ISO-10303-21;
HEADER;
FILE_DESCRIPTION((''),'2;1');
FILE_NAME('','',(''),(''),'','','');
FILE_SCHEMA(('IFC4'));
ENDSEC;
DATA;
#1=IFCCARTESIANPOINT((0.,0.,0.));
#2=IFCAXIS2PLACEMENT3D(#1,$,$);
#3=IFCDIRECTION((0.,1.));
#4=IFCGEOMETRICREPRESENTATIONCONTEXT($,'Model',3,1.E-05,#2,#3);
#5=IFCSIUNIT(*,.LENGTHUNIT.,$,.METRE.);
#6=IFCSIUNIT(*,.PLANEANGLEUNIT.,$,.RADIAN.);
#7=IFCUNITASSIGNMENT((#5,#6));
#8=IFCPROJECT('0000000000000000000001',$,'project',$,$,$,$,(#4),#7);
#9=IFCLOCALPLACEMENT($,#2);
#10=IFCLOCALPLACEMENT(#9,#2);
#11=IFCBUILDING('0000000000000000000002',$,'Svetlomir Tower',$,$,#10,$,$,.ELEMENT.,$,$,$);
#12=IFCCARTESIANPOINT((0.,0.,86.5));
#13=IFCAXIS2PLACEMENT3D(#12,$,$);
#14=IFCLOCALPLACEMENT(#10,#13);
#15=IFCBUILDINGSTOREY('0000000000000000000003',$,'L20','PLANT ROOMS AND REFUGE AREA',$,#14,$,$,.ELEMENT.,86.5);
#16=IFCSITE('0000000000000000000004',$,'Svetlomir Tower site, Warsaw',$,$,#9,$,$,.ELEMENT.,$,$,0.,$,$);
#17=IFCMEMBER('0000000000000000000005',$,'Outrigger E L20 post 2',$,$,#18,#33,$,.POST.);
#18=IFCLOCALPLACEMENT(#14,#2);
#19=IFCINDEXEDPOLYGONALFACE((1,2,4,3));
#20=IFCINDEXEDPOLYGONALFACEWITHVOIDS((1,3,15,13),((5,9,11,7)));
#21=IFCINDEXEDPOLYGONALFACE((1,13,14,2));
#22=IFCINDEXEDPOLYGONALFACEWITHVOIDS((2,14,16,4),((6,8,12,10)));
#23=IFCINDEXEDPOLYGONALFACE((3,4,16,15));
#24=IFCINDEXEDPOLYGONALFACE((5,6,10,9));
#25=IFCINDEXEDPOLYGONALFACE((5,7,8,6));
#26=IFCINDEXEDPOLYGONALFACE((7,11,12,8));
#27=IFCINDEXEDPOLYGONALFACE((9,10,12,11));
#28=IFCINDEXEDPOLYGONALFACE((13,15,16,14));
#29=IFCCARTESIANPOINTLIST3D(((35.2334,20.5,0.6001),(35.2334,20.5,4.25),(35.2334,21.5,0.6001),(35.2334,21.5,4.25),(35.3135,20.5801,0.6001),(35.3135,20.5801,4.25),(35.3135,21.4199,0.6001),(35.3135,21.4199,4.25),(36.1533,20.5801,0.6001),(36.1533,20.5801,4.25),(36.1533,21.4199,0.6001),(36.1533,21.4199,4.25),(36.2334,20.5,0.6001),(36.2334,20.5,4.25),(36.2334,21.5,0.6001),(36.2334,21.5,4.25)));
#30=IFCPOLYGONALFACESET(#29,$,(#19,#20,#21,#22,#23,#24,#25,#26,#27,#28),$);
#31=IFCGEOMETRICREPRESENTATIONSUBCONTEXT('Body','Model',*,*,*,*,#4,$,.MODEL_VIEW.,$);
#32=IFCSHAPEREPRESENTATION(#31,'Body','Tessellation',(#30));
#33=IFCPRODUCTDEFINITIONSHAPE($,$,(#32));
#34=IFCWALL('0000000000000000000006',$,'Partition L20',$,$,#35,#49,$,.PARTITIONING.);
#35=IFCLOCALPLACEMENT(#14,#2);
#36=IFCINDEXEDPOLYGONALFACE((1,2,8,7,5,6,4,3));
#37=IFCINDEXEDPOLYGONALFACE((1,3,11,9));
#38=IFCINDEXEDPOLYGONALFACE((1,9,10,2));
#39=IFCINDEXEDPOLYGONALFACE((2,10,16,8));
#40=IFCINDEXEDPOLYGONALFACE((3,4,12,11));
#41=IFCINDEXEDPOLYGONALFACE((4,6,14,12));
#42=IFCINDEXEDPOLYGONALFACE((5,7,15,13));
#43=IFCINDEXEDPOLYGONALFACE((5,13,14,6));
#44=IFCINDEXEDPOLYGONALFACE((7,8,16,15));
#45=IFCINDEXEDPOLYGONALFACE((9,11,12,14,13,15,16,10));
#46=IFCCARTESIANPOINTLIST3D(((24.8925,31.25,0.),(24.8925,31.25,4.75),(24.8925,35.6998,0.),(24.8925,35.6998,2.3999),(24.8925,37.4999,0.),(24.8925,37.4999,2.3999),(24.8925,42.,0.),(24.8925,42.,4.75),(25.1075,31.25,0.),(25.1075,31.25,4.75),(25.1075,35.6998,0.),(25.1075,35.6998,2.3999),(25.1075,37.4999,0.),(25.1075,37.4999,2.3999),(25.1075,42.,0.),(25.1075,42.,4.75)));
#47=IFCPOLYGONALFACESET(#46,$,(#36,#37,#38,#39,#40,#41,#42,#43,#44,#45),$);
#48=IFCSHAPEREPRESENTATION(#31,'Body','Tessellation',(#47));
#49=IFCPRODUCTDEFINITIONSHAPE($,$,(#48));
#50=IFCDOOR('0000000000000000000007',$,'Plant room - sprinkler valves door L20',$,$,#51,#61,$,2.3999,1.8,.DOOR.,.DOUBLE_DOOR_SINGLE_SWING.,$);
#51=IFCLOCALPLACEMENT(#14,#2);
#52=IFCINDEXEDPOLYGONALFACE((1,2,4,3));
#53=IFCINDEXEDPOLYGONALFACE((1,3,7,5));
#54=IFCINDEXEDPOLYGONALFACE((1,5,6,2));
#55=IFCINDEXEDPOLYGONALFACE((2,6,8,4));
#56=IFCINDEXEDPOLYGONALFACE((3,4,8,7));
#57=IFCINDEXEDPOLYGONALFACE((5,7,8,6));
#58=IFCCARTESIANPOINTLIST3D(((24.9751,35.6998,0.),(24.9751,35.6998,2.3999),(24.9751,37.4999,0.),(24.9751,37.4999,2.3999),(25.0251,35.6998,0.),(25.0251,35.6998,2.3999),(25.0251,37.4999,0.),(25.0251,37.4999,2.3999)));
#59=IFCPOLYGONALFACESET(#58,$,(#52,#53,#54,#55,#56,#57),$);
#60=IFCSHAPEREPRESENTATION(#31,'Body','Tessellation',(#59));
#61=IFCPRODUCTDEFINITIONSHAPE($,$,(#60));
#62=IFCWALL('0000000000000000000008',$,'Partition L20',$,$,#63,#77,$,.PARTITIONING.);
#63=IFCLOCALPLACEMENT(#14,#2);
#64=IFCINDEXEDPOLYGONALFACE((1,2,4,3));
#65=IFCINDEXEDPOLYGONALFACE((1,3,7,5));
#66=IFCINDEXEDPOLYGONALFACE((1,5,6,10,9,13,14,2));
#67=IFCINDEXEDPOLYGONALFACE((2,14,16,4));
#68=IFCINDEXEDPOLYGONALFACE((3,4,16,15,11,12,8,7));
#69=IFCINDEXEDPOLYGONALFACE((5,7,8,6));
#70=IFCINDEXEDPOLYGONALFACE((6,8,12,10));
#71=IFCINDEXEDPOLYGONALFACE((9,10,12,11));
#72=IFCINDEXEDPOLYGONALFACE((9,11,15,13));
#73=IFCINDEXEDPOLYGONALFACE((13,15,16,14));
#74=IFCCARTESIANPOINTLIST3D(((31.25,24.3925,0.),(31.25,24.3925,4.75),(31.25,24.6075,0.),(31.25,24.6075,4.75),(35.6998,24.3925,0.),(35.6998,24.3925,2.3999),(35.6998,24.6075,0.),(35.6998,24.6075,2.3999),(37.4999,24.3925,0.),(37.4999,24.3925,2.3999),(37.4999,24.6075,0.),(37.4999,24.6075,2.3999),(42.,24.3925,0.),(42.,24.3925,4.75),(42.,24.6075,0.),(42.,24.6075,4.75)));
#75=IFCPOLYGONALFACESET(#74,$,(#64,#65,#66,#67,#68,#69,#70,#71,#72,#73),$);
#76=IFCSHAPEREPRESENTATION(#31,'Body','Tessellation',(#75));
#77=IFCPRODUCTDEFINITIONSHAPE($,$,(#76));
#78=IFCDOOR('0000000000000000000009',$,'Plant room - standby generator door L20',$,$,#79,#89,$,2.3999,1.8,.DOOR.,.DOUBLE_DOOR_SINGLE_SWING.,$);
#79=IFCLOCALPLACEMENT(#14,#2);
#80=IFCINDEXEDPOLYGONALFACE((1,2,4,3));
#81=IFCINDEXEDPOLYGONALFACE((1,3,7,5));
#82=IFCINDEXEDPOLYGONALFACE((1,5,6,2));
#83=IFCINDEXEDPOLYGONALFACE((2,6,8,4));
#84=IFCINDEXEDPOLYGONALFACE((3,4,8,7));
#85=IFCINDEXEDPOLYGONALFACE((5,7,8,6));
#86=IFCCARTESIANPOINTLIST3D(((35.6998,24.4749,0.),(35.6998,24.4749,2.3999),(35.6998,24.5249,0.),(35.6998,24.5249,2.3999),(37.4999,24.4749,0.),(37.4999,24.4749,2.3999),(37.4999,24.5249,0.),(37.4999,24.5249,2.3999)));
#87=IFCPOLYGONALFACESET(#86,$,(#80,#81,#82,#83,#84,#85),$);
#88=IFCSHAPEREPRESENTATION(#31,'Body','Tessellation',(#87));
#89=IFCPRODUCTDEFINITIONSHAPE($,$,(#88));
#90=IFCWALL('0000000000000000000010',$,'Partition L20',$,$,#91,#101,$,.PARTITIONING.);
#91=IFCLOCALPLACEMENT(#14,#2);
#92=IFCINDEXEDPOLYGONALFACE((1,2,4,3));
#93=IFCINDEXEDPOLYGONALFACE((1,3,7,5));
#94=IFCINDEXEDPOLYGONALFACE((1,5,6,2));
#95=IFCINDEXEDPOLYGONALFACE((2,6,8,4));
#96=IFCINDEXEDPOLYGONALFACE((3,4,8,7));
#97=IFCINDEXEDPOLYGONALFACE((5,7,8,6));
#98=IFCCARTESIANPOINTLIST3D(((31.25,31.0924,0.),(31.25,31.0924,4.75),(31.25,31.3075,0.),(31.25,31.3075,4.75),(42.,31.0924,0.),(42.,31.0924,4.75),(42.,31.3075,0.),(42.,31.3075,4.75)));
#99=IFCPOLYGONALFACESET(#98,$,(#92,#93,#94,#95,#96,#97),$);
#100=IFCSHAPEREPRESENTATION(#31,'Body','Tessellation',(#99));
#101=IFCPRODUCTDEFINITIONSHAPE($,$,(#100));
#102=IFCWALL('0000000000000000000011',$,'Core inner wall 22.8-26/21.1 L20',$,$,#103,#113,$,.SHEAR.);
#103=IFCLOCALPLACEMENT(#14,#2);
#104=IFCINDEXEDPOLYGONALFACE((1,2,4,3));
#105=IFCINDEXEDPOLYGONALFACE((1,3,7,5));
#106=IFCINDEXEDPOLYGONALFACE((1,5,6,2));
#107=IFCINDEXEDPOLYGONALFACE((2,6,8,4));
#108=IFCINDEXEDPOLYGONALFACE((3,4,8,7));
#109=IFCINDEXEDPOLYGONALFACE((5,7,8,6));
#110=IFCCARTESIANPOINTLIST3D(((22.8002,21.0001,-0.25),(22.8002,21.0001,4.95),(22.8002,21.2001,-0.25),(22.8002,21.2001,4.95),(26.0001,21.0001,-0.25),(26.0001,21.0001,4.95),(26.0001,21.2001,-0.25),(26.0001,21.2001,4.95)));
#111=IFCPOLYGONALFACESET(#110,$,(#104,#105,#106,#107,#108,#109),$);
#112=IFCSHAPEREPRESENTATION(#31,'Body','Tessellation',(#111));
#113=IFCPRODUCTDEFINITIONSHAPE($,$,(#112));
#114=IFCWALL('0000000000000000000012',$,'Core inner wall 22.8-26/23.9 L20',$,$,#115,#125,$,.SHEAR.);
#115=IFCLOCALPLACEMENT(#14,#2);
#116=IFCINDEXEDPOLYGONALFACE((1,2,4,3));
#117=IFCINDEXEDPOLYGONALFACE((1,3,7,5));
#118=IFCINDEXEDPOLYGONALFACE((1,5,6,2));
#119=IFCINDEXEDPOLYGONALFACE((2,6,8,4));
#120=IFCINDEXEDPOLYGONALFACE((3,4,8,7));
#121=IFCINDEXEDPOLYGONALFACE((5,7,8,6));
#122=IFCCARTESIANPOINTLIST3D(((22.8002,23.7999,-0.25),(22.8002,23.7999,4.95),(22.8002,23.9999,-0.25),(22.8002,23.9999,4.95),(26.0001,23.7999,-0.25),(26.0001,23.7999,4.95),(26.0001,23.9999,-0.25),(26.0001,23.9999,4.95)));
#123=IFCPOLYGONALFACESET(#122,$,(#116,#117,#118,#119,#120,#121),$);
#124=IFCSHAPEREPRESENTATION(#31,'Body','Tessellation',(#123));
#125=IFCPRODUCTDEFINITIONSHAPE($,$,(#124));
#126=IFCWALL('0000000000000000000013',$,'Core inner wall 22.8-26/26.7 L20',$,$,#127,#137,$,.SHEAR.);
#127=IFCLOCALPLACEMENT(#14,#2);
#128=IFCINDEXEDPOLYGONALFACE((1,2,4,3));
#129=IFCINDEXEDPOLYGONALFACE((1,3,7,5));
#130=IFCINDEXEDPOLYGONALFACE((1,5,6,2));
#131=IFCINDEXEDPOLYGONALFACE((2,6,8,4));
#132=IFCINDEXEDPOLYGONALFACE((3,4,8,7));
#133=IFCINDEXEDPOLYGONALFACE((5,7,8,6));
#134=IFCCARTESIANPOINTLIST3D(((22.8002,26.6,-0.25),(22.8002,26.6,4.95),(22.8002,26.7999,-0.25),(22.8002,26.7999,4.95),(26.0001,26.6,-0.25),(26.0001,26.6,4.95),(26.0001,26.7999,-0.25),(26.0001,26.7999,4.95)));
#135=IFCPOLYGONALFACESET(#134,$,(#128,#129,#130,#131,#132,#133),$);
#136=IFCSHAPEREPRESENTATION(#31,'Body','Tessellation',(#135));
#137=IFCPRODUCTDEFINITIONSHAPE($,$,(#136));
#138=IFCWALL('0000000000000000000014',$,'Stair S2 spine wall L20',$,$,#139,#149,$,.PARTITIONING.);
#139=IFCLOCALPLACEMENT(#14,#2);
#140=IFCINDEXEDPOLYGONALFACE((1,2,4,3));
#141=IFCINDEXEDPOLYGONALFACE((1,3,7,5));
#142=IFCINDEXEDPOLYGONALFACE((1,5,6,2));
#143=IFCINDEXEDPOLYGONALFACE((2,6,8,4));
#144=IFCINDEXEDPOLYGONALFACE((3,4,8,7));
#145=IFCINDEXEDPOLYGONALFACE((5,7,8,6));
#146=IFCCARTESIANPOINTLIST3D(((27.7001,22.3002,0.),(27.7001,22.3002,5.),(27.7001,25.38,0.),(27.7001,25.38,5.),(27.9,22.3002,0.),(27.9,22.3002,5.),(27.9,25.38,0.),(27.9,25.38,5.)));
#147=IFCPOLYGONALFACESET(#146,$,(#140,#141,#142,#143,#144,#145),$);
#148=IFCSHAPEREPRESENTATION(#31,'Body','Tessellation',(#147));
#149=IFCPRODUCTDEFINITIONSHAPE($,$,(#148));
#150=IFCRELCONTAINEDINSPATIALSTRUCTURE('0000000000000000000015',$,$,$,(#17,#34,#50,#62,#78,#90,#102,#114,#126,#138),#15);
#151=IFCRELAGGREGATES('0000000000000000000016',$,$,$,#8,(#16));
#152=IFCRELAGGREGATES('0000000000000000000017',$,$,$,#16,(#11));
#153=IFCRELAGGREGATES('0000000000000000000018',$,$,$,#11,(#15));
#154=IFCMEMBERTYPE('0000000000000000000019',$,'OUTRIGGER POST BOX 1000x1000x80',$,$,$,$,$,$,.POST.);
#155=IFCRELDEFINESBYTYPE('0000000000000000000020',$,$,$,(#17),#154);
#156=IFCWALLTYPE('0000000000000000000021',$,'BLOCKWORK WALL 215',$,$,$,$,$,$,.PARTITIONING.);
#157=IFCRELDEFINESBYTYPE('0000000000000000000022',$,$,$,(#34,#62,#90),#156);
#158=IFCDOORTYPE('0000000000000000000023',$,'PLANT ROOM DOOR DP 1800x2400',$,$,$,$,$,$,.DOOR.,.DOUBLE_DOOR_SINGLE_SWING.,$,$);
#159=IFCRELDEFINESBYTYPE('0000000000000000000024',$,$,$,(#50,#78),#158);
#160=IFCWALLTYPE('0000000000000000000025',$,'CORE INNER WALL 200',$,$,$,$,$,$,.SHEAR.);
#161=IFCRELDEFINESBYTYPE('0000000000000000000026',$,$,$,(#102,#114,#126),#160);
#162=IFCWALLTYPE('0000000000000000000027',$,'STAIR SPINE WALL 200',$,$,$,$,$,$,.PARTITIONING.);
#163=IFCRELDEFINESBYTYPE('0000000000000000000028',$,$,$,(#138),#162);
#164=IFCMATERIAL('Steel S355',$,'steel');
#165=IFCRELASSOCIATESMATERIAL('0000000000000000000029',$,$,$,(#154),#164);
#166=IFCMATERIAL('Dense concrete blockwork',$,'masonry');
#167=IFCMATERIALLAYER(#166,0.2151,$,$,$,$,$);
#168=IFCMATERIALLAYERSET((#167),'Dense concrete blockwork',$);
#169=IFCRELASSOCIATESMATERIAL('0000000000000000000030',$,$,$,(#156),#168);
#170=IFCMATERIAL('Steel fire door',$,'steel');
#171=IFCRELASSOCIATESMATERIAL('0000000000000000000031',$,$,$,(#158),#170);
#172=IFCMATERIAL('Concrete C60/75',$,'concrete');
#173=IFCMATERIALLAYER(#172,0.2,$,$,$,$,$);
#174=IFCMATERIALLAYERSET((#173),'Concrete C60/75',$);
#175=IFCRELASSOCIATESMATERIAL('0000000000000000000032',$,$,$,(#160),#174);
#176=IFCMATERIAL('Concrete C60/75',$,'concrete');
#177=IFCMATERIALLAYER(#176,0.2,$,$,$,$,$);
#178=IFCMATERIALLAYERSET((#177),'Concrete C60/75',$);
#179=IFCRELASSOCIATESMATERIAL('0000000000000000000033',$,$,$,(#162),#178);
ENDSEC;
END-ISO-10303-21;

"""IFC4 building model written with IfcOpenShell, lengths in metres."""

from ifc_helpers import new_model, si_unit, direction, frame, frame_2d, origin, origin_2d, place, context, subcontext, project, spatial, rectangle, hollow_rectangle, extrude, material, layer, layer_set, material_profile, profile_set, type_object, element, fill, save


model = new_model("IFC4")

# Units and contexts
model_context = context("Model", 3, precision=1e-05, world=origin(), true_north=direction((0.0, 1.0)))
body_context = subcontext(model_context, "Body", "Model", "MODEL_VIEW")
ifc_project = project(units=[si_unit("LENGTHUNIT", "METRE"), si_unit("PLANEANGLEUNIT", "RADIAN")], contexts=[model_context])

# Site, building, storey
site_placement = place(None, origin())
site = spatial("IfcSite", under=ifc_project, at=site_placement, Name="Svetlomir Tower site, Warsaw", CompositionType="ELEMENT", RefElevation=0.0)
building_placement = place(site_placement, origin())
building = spatial("IfcBuilding", under=site, at=building_placement, Name="Svetlomir Tower", CompositionType="ELEMENT")
storey_placement = place(building_placement, frame((0.0, 0.0, 86.5)))
storey = spatial("IfcBuildingStorey", under=building, at=storey_placement, Name="L20", Description="PLANT ROOMS AND REFUGE AREA", CompositionType="ELEMENT", Elevation=86.5)

# Member
ifc_material_1 = material(Name="Steel S355", Category="steel")
ifc_material_profile_1 = material_profile(ifc_material_1, hollow_rectangle(XDim=1.0, YDim=1.0, WallThickness=0.0801, at=origin_2d()), Name="BOX 1000x1000x80")
ifc_profile_set_1 = profile_set([ifc_material_profile_1], Name="Steel S355")
member_type_1 = type_object("IfcMemberType", Name="OUTRIGGER POST BOX 1000x1000x80", PredefinedType="POST", material=ifc_profile_set_1)
for number, where, z_axis, x_axis, name in (
    (1, (35.7334, 21.0, 0.6001), (0.0, 0.0, 1.0), (1.0, 0.0, 0.0), "Outrigger E L20 post 2"),
):
    element("IfcMember", number, at=place(storey_placement, frame(where, z_axis=z_axis, x_axis=x_axis)), inside=storey, type_object=member_type_1, Name=name, PredefinedType="POST", context=body_context, shape_type="SweptSolid", body=[
        extrude(hollow_rectangle(XDim=1.0, YDim=1.0, WallThickness=0.0801, at=origin_2d()), origin(), (0.0, 0.0, 1.0), 3.6499),
    ])

# Walls, openings, doors
ifc_material_2 = material(Name="Dense concrete blockwork", Category="masonry")
ifc_layer_1 = layer(ifc_material_2, 0.2151)
ifc_layer_set_1 = layer_set([ifc_layer_1], Name="Dense concrete blockwork")
wall_type_1 = type_object("IfcWallType", Name="BLOCKWORK WALL 215", PredefinedType="PARTITIONING", material=ifc_layer_set_1)
wall_1_placement = place(storey_placement, frame((25.0, 31.25, 0.0), z_axis=(0.0, 0.0, 1.0), x_axis=(0.0, 1.0, 0.0)))
wall_1 = element("IfcWall", 2, at=wall_1_placement, inside=storey, type_object=wall_type_1, Name="Partition L20", PredefinedType="PARTITIONING", context=body_context, shape_type="SweptSolid", body=[
    extrude(rectangle(XDim=10.75, YDim=0.2151, at=frame_2d((5.375, 0.0))), origin(), (0.0, 0.0, 1.0), 4.75),
])
opening_1_placement = place(wall_1_placement, frame((4.45, 0.0, 0.0)))
opening_1 = element("IfcOpeningElement", 3, at=opening_1_placement, cuts=wall_1, PredefinedType="OPENING", context=body_context, shape_type="SweptSolid", body=[
    extrude(rectangle(XDim=1.8, YDim=2.3999, at=frame_2d((0.8999, 1.2))), frame((0.0, 0.1177, 0.0), z_axis=(0.0, -1.0, 0.0), x_axis=(1.0, 0.0, 0.0)), (0.0, 0.0, 1.0), 0.2351),
])
ifc_material_3 = material(Name="Steel fire door", Category="steel")
door_type = type_object("IfcDoorType", Name="PLANT ROOM DOOR DP 1800x2400", OperationType="DOUBLE_DOOR_SINGLE_SWING", PredefinedType="DOOR", material=ifc_material_3)
door_1_placement = place(opening_1_placement, origin())
door_1 = element("IfcDoor", 4, at=door_1_placement, inside=storey, type_object=door_type, Name="Plant room - sprinkler valves door L20", OperationType="DOUBLE_DOOR_SINGLE_SWING", OverallHeight=2.3999, OverallWidth=1.8, PredefinedType="DOOR", context=body_context, shape_type="SweptSolid", body=[
    extrude(rectangle(XDim=1.8, YDim=2.3999, at=frame_2d((0.8999, 1.2))), frame((0.0, 0.0249, 0.0), z_axis=(0.0, -1.0, 0.0), x_axis=(1.0, 0.0, 0.0)), (0.0, 0.0, 1.0), 0.05),
])
fill(opening_1, door_1)
wall_2_placement = place(storey_placement, frame((31.25, 24.5, 0.0), z_axis=(0.0, 0.0, 1.0), x_axis=(1.0, 0.0, 0.0)))
wall_2 = element("IfcWall", 5, at=wall_2_placement, inside=storey, type_object=wall_type_1, Name="Partition L20", PredefinedType="PARTITIONING", context=body_context, shape_type="SweptSolid", body=[
    extrude(rectangle(XDim=10.75, YDim=0.2151, at=frame_2d((5.375, 0.0))), origin(), (0.0, 0.0, 1.0), 4.75),
])
opening_2_placement = place(wall_2_placement, frame((4.45, 0.0, 0.0)))
opening_2 = element("IfcOpeningElement", 6, at=opening_2_placement, cuts=wall_2, PredefinedType="OPENING", context=body_context, shape_type="SweptSolid", body=[
    extrude(rectangle(XDim=1.8, YDim=2.3999, at=frame_2d((0.8999, 1.2))), frame((0.0, 0.1177, 0.0), z_axis=(0.0, -1.0, 0.0), x_axis=(1.0, 0.0, 0.0)), (0.0, 0.0, 1.0), 0.2351),
])
door_2_placement = place(opening_2_placement, origin())
door_2 = element("IfcDoor", 7, at=door_2_placement, inside=storey, type_object=door_type, Name="Plant room - standby generator door L20", OperationType="DOUBLE_DOOR_SINGLE_SWING", OverallHeight=2.3999, OverallWidth=1.8, PredefinedType="DOOR", context=body_context, shape_type="SweptSolid", body=[
    extrude(rectangle(XDim=1.8, YDim=2.3999, at=frame_2d((0.8999, 1.2))), frame((0.0, 0.0249, 0.0), z_axis=(0.0, -1.0, 0.0), x_axis=(1.0, 0.0, 0.0)), (0.0, 0.0, 1.0), 0.05),
])
fill(opening_2, door_2)

# Walls
wall_3_placement = place(storey_placement, frame((31.25, 31.2, 0.0), z_axis=(0.0, 0.0, 1.0), x_axis=(1.0, 0.0, 0.0)))
element("IfcWall", 8, at=wall_3_placement, inside=storey, type_object=wall_type_1, Name="Partition L20", PredefinedType="PARTITIONING", context=body_context, shape_type="SweptSolid", body=[
    extrude(rectangle(XDim=10.75, YDim=0.2151, at=frame_2d((5.375, 0.0))), origin(), (0.0, 0.0, 1.0), 4.75),
])
ifc_material_4 = material(Name="Concrete C60/75", Category="concrete")
ifc_layer_2 = layer(ifc_material_4, 0.2)
ifc_layer_set_2 = layer_set([ifc_layer_2], Name="Concrete C60/75")
wall_type_2 = type_object("IfcWallType", Name="CORE INNER WALL 200", PredefinedType="SHEAR", material=ifc_layer_set_2)
for number, where, z_axis, x_axis, name in (
    (9, (22.8, 21.1001, -0.25), (0.0, 0.0, 1.0), (1.0, 0.0, 0.0), "Core inner wall 22.8-26/21.1 L20"),
    (10, (22.8, 23.8999, -0.25), (0.0, 0.0, 1.0), (1.0, 0.0, 0.0), "Core inner wall 22.8-26/23.9 L20"),
    (11, (22.8, 26.7, -0.25), (0.0, 0.0, 1.0), (1.0, 0.0, 0.0), "Core inner wall 22.8-26/26.7 L20"),
):
    element("IfcWall", number, at=place(storey_placement, frame(where, z_axis=z_axis, x_axis=x_axis)), inside=storey, type_object=wall_type_2, Name=name, PredefinedType="SHEAR", context=body_context, shape_type="SweptSolid", body=[
        extrude(rectangle(XDim=3.2, YDim=0.2, at=frame_2d((1.6001, 0.0))), origin(), (0.0, 0.0, 1.0), 5.2),
    ])
ifc_material_5 = material(Name="Concrete C60/75", Category="concrete")
ifc_layer_3 = layer(ifc_material_5, 0.2)
ifc_layer_set_3 = layer_set([ifc_layer_3], Name="Concrete C60/75")
wall_type_3 = type_object("IfcWallType", Name="STAIR SPINE WALL 200", PredefinedType="PARTITIONING", material=ifc_layer_set_3)
wall_4_placement = place(storey_placement, frame((27.8, 22.3, 0.0), z_axis=(0.0, 0.0, 1.0), x_axis=(0.0, 1.0, 0.0)))
element("IfcWall", 12, at=wall_4_placement, inside=storey, type_object=wall_type_3, Name="Stair S2 spine wall L20", PredefinedType="PARTITIONING", context=body_context, shape_type="SweptSolid", body=[
    extrude(rectangle(XDim=3.0798, YDim=0.2, at=frame_2d((1.54, 0.0))), origin(), (0.0, 0.0, 1.0), 5.0),
])

save(model, "model.ifc")
